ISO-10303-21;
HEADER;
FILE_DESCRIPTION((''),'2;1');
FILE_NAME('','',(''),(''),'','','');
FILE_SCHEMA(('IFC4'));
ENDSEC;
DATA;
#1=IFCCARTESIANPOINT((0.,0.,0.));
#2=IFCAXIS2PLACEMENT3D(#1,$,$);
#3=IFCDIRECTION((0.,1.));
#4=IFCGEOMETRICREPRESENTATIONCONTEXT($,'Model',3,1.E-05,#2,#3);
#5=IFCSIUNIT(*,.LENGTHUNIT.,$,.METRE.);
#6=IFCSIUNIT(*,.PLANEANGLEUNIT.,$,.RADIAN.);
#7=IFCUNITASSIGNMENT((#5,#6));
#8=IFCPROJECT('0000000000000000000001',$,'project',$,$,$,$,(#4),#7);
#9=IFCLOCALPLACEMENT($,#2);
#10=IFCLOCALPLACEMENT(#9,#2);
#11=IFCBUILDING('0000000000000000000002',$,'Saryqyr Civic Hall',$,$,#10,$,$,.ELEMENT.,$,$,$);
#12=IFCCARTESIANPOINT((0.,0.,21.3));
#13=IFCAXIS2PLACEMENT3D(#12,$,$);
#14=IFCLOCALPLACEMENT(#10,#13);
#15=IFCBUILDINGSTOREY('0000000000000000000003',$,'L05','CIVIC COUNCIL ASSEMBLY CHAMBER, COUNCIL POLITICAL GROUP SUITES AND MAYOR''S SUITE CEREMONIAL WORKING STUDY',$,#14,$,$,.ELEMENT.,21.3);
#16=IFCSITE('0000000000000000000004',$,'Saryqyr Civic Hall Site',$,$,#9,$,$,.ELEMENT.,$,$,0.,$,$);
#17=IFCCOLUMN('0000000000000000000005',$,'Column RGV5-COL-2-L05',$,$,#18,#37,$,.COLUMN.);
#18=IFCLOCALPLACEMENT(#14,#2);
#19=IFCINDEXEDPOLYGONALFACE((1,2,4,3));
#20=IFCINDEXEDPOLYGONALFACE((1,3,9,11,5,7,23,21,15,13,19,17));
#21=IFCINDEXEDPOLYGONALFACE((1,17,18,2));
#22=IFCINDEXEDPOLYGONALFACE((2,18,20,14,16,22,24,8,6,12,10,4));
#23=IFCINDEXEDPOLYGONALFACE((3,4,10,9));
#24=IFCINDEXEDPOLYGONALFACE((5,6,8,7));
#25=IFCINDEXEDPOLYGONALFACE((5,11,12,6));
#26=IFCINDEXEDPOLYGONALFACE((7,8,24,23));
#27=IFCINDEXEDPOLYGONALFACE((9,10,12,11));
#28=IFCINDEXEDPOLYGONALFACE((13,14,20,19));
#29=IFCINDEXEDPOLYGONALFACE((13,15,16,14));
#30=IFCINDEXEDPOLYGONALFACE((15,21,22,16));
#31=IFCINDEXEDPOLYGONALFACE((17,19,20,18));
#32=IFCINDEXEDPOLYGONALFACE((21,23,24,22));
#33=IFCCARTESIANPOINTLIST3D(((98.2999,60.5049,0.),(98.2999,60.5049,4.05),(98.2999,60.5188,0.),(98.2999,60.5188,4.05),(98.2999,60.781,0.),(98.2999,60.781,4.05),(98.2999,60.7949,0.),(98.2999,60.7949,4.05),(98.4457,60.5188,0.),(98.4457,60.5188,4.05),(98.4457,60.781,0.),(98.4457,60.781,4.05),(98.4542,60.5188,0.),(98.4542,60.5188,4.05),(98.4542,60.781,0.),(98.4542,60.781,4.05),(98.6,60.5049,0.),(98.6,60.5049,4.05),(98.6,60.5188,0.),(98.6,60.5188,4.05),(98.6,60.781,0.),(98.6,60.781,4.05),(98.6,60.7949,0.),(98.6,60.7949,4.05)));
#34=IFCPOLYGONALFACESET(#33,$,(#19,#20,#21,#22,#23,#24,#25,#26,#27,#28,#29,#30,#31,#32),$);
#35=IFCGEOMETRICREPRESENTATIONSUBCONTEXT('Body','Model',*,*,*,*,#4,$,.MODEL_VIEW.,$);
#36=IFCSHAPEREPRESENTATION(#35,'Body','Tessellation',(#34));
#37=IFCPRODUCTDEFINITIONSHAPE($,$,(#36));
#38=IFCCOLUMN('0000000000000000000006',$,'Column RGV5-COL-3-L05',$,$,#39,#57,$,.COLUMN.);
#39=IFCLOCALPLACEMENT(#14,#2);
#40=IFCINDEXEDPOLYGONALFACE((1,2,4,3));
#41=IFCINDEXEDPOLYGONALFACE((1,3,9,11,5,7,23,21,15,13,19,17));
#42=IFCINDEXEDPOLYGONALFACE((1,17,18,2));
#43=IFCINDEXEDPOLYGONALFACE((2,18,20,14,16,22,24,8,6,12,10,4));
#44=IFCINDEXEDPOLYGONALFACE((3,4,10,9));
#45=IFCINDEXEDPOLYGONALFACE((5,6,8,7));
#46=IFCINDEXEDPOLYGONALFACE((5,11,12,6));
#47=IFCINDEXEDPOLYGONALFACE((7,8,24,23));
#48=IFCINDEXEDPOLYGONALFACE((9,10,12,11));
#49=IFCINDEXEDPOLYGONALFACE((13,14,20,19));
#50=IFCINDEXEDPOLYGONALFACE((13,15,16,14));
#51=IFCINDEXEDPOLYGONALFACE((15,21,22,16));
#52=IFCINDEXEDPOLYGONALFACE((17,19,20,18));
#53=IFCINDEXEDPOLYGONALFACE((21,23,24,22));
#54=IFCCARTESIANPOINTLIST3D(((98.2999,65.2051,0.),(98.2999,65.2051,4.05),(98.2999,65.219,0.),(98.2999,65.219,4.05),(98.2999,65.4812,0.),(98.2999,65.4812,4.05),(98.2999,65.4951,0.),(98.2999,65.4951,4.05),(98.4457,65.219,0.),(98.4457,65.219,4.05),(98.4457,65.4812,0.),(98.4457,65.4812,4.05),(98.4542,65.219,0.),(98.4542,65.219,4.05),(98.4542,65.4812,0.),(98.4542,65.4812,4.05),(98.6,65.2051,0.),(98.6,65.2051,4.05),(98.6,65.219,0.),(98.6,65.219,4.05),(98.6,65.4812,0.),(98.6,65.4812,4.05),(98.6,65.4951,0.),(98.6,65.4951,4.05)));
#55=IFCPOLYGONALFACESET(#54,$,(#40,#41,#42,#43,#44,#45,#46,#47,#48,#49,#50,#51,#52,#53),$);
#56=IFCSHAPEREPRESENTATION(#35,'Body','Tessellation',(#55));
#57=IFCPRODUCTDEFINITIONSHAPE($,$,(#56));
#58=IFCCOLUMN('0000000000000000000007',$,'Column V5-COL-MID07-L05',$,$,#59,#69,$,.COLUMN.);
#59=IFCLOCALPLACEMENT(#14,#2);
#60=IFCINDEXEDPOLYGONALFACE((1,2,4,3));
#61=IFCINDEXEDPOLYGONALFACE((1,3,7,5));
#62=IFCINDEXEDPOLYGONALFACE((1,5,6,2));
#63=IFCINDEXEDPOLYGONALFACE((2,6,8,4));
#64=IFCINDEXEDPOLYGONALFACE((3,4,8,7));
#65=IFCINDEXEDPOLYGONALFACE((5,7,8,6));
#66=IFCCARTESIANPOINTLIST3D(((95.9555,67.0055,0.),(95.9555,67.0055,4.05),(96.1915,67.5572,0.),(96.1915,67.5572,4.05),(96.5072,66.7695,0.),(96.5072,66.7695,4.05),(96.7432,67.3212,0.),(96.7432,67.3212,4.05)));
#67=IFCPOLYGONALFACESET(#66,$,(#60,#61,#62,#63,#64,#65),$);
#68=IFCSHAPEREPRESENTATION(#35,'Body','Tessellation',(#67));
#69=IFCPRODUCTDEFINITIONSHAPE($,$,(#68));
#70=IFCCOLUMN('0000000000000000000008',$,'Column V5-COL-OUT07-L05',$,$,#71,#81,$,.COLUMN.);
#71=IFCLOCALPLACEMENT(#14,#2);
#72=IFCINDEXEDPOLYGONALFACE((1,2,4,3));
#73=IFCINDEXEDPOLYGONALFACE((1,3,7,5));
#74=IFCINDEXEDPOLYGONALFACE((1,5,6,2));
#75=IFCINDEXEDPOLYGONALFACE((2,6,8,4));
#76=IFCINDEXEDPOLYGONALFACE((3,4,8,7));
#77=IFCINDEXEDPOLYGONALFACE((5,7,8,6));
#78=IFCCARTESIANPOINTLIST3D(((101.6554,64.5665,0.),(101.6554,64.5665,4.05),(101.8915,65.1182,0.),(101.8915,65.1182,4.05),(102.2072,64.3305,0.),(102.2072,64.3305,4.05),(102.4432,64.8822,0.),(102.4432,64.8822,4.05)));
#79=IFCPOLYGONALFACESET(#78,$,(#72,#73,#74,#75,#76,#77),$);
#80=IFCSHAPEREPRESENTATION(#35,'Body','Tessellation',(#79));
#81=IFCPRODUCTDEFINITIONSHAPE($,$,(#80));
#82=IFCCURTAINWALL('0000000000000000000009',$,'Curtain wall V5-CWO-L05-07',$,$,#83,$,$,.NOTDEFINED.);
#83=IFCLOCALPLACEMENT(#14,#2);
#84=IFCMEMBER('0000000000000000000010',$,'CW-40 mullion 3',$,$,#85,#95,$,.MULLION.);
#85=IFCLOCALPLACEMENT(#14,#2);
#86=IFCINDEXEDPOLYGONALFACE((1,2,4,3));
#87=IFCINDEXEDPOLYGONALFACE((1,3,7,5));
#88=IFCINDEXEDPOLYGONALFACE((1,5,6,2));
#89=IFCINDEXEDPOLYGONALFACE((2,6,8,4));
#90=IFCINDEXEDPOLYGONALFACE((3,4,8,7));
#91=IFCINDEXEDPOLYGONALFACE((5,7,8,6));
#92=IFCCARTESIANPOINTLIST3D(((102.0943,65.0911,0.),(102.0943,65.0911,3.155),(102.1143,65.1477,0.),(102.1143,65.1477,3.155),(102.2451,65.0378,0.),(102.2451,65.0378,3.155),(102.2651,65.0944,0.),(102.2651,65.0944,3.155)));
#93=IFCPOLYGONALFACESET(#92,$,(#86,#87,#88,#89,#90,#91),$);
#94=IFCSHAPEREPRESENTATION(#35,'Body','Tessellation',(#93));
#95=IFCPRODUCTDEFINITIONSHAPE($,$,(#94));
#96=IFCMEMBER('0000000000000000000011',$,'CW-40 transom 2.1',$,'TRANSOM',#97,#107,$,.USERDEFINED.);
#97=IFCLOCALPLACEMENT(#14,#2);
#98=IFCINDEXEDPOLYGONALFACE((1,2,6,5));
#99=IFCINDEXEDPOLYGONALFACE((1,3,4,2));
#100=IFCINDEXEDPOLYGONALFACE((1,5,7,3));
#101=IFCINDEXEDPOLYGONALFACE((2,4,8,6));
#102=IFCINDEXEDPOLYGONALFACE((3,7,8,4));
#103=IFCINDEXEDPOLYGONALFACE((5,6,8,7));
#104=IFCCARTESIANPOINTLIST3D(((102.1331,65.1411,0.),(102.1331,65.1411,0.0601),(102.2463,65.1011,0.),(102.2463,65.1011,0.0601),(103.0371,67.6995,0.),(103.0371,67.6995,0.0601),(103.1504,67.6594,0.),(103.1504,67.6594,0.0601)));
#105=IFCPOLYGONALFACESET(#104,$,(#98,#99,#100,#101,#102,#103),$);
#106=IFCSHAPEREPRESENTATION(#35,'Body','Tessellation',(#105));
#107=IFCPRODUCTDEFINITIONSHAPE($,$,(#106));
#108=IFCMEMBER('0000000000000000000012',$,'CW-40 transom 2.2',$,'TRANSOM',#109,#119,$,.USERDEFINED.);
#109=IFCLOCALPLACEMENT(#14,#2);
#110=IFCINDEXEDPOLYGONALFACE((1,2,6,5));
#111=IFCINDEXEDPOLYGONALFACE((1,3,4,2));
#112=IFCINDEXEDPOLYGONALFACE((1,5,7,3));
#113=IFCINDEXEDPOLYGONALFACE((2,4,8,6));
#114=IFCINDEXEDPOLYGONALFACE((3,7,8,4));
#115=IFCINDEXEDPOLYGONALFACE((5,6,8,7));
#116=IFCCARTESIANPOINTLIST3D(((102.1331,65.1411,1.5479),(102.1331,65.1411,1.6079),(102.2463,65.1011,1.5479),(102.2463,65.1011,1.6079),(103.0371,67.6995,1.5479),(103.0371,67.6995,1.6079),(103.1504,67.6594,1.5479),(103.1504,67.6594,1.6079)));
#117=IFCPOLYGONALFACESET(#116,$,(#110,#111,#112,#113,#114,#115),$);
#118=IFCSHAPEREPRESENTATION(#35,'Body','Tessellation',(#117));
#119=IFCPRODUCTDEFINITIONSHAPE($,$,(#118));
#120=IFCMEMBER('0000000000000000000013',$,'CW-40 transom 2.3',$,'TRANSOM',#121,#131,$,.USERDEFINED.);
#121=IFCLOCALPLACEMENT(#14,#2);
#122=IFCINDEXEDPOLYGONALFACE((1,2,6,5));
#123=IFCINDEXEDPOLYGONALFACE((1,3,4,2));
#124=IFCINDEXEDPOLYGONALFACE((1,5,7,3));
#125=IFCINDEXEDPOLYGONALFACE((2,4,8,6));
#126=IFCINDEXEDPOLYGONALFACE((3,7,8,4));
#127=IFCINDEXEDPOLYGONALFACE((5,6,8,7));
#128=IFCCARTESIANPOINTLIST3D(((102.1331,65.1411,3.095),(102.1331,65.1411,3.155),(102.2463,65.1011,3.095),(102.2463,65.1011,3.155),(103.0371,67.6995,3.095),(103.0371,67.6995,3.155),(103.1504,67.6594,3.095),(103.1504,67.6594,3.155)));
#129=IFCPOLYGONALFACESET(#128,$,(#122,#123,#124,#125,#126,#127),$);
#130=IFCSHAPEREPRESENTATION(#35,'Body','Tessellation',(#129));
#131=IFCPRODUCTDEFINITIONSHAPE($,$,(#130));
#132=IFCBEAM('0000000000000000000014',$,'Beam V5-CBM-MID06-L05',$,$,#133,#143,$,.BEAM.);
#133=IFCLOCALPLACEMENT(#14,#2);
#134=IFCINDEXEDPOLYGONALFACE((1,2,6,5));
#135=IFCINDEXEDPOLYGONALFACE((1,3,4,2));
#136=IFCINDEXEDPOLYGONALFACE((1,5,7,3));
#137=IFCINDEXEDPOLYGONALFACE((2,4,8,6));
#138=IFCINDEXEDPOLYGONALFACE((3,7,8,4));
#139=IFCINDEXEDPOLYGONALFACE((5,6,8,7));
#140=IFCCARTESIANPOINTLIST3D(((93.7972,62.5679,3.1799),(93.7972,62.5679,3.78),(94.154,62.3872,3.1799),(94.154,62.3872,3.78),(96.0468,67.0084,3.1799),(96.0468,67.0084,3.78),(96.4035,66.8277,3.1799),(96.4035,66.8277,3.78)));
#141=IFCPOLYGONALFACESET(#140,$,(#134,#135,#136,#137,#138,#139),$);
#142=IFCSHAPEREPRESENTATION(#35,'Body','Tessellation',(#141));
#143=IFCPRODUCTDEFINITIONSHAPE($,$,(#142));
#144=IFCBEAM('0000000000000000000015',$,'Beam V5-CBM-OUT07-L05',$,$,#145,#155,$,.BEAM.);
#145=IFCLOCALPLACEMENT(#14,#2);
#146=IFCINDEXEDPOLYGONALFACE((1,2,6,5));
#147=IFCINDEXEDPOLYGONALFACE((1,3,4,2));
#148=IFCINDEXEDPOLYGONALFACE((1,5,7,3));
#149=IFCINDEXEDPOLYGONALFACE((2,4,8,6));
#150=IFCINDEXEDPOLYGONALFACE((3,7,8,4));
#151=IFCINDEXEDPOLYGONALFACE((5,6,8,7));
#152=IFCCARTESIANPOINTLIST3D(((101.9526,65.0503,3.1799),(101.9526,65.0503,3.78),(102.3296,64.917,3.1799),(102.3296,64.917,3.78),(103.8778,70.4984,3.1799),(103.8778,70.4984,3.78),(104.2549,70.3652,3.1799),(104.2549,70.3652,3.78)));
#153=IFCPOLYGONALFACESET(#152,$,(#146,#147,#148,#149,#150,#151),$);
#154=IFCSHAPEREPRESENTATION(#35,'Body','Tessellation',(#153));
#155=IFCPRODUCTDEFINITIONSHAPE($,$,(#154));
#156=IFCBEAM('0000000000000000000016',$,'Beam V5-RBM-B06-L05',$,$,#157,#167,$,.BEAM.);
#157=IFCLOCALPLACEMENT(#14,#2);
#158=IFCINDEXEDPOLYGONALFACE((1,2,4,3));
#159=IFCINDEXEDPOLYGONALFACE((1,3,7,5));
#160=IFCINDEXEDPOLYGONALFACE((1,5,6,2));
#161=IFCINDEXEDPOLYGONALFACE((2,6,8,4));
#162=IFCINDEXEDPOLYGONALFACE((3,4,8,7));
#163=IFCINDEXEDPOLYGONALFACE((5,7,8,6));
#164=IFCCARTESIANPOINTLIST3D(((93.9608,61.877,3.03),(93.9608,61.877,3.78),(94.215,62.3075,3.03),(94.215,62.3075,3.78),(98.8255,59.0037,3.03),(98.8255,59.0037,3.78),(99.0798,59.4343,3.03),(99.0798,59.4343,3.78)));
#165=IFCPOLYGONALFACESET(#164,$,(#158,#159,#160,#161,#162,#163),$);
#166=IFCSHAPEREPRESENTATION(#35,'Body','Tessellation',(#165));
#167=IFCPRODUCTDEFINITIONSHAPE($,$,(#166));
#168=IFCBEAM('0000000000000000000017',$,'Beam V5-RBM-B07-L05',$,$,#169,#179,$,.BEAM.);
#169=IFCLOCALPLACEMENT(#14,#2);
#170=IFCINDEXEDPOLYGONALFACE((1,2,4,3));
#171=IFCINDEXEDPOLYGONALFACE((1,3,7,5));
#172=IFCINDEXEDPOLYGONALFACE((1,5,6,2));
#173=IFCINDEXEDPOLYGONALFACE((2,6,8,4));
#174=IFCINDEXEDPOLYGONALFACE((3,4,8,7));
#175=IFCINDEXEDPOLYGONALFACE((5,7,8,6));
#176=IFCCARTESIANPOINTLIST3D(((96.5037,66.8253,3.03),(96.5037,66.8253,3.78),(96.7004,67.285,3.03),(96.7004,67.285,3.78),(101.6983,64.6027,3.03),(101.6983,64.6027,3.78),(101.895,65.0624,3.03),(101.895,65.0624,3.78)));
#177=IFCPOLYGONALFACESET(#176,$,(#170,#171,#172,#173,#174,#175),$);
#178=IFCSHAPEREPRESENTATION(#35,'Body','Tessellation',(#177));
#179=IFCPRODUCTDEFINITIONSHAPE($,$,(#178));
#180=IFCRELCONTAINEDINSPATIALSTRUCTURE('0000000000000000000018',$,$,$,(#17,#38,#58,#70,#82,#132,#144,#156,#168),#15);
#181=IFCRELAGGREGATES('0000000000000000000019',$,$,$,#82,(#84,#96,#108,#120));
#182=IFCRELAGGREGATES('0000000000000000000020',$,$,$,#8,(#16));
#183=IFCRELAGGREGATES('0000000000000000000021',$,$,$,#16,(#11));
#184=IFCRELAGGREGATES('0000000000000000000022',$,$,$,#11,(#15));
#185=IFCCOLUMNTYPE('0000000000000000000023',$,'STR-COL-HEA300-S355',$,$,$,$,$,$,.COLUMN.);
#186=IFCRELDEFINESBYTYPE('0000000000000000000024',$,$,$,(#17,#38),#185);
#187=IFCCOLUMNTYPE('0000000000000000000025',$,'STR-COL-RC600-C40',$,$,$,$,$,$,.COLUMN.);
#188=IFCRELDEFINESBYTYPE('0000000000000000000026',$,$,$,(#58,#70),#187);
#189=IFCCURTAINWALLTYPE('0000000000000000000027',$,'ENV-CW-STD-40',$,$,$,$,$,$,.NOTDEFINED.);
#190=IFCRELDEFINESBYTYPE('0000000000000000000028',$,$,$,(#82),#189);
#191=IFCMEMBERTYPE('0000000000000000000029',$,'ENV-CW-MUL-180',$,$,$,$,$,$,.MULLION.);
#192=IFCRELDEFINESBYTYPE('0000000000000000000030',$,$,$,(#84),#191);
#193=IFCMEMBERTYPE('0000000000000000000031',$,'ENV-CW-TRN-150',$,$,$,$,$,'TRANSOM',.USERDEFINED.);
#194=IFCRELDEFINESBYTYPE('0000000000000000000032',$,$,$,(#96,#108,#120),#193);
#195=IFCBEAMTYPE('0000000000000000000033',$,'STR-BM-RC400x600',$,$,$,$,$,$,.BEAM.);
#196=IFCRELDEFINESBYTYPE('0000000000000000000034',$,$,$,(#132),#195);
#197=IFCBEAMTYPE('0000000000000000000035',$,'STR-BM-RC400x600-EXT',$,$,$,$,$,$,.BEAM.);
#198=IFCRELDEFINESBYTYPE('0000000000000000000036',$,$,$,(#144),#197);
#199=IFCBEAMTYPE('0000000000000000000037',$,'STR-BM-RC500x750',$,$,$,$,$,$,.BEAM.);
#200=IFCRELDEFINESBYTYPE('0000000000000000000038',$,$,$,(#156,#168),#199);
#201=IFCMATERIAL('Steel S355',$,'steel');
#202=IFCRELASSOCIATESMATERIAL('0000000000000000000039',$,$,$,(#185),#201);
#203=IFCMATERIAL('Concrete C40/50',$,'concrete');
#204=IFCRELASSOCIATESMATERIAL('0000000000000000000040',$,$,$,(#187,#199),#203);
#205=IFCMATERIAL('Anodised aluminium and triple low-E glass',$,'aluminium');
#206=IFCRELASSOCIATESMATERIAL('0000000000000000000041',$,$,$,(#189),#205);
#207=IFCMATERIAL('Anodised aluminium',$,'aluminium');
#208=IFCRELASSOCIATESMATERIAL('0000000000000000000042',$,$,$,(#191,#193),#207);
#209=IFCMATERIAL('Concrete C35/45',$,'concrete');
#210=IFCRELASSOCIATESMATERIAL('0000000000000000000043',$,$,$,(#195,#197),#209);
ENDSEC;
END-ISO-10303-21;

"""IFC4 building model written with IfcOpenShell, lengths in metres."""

from ifc_helpers import new_model, si_unit, direction, frame, origin, origin_2d, place, context, subcontext, project, spatial, rectangle, i_section, extrude, material, material_profile, profile_set, type_object, element, aggregate, save


model = new_model("IFC4")

# Units and contexts
model_context = context("Model", 3, precision=1e-05, world=origin(), true_north=direction((0.0, 1.0)))
body_context = subcontext(model_context, "Body", "Model", "MODEL_VIEW")
ifc_project = project(units=[si_unit("LENGTHUNIT", "METRE"), si_unit("PLANEANGLEUNIT", "RADIAN")], contexts=[model_context])

# Site, building, storey
site_placement = place(None, origin())
site = spatial("IfcSite", under=ifc_project, at=site_placement, Name="Saryqyr Civic Hall Site", CompositionType="ELEMENT", RefElevation=0.0)
building_placement = place(site_placement, origin())
building = spatial("IfcBuilding", under=site, at=building_placement, Name="Saryqyr Civic Hall", CompositionType="ELEMENT")
storey_placement = place(building_placement, frame((0.0, 0.0, 21.3)))
storey = spatial("IfcBuildingStorey", under=building, at=storey_placement, Name="L05", Description="CIVIC COUNCIL ASSEMBLY CHAMBER, COUNCIL POLITICAL GROUP SUITES AND MAYOR'S SUITE CEREMONIAL WORKING STUDY", CompositionType="ELEMENT", Elevation=21.3)

# Columns
ifc_material_1 = material(Name="Steel S355", Category="steel")
ifc_material_profile_1 = material_profile(ifc_material_1, i_section(OverallWidth=0.3, OverallDepth=0.29, WebThickness=0.0085, FlangeThickness=0.0139, at=origin_2d()), Name="HEA 300")
ifc_profile_set_1 = profile_set([ifc_material_profile_1], Name="Steel S355")
column_type_1 = type_object("IfcColumnType", Name="STR-COL-HEA300-S355", PredefinedType="COLUMN", material=ifc_profile_set_1)
for number, where, z_axis, x_axis, name in (
    (1, (98.45, 60.6499, 0.0), (0.0, 0.0, 1.0), (1.0, 0.0, 0.0), "Column RGV5-COL-2-L05"),
    (2, (98.45, 65.3501, 0.0), (0.0, 0.0, 1.0), (1.0, 0.0, 0.0), "Column RGV5-COL-3-L05"),
):
    element("IfcColumn", number, at=place(storey_placement, frame(where, z_axis=z_axis, x_axis=x_axis)), inside=storey, type_object=column_type_1, Name=name, PredefinedType="COLUMN", context=body_context, shape_type="SweptSolid", body=[
        extrude(i_section(OverallWidth=0.3, OverallDepth=0.29, WebThickness=0.0085, FlangeThickness=0.0139, at=origin_2d()), origin(), (0.0, 0.0, 1.0), 4.05),
    ])
ifc_material_2 = material(Name="Concrete C40/50", Category="concrete")
ifc_material_profile_2 = material_profile(ifc_material_2, rectangle(XDim=0.6001, YDim=0.6001, at=origin_2d()), Name="RC 600x600")
ifc_profile_set_2 = profile_set([ifc_material_profile_2], Name="Concrete C40/50")
column_type_2 = type_object("IfcColumnType", Name="STR-COL-RC600-C40", PredefinedType="COLUMN", material=ifc_profile_set_2)
for number, where, z_axis, x_axis, name in (
    (3, (96.3494, 67.1633, 0.0), (0.0, 0.0, 1.0), (0.91941, -0.3933, 0.0), "Column V5-COL-MID07-L05"),
    (4, (102.0493, 64.7244, 0.0), (0.0, 0.0, 1.0), (0.91941, -0.3933, 0.0), "Column V5-COL-OUT07-L05"),
):
    element("IfcColumn", number, at=place(storey_placement, frame(where, z_axis=z_axis, x_axis=x_axis)), inside=storey, type_object=column_type_2, Name=name, PredefinedType="COLUMN", context=body_context, shape_type="SweptSolid", body=[
        extrude(rectangle(XDim=0.6001, YDim=0.6001, at=origin_2d()), origin(), (0.0, 0.0, 1.0), 4.05),
    ])

# Curtain wall, members
ifc_material_3 = material(Name="Anodised aluminium and triple low-E glass", Category="aluminium")
curtain_wall_type = type_object("IfcCurtainWallType", Name="ENV-CW-STD-40", PredefinedType="NOTDEFINED", material=ifc_material_3)
curtain_wall_placement = place(storey_placement, origin())
curtain_wall = element("IfcCurtainWall", 5, at=curtain_wall_placement, inside=storey, type_object=curtain_wall_type, Name="Curtain wall V5-CWO-L05-07", PredefinedType="NOTDEFINED")
ifc_material_4 = material(Name="Anodised aluminium", Category="aluminium")
ifc_material_profile_3 = material_profile(ifc_material_4, rectangle(XDim=0.0601, YDim=0.1599, at=origin_2d()), Name="ALU MULLION 60x160")
ifc_profile_set_3 = profile_set([ifc_material_profile_3], Name="Anodised aluminium")
member_type_1 = type_object("IfcMemberType", Name="ENV-CW-MUL-180", PredefinedType="MULLION", material=ifc_profile_set_3)
member_1_placement = place(storey_placement, frame((102.1797, 65.0928, 0.0), z_axis=(0.0, 0.0, 1.0), x_axis=(-0.33318, -0.942863, 0.0)))
member_1 = element("IfcMember", 6, at=member_1_placement, type_object=member_type_1, Name="CW-40 mullion 3", PredefinedType="MULLION", context=body_context, shape_type="SweptSolid", body=[
    extrude(rectangle(XDim=0.0601, YDim=0.1599, at=origin_2d()), origin(), (0.0, 0.0, 1.0), 3.155),
])
ifc_material_profile_4 = material_profile(ifc_material_4, rectangle(XDim=0.1201, YDim=0.0601, at=origin_2d()), Name="ALU TRANSOM 120x60")
ifc_profile_set_4 = profile_set([ifc_material_profile_4], Name="Anodised aluminium")
member_type_2 = type_object("IfcMemberType", Name="ENV-CW-TRN-150", ElementType="TRANSOM", PredefinedType="USERDEFINED", material=ifc_profile_set_4)
member_2_placement = place(storey_placement, frame((103.0938, 67.6794, 0.03), z_axis=(-0.333182, -0.942862, 0.0), x_axis=(0.942862, -0.333182, 0.0)))
member_2 = element("IfcMember", 7, at=member_2_placement, type_object=member_type_2, Name="CW-40 transom 2.1", ObjectType="TRANSOM", PredefinedType="USERDEFINED", context=body_context, shape_type="SweptSolid", body=[
    extrude(rectangle(XDim=0.1201, YDim=0.0601, at=origin_2d()), origin(), (0.0, 0.0, 1.0), 2.7134),
])
member_3_placement = place(storey_placement, frame((103.0938, 67.6794, 1.5779), z_axis=(-0.333182, -0.942862, 0.0), x_axis=(0.942862, -0.333182, 0.0)))
member_3 = element("IfcMember", 8, at=member_3_placement, type_object=member_type_2, Name="CW-40 transom 2.2", ObjectType="TRANSOM", PredefinedType="USERDEFINED", context=body_context, shape_type="SweptSolid", body=[
    extrude(rectangle(XDim=0.1201, YDim=0.0601, at=origin_2d()), origin(), (0.0, 0.0, 1.0), 2.7134),
])
member_4_placement = place(storey_placement, frame((103.0938, 67.6794, 3.125), z_axis=(-0.333182, -0.942862, 0.0), x_axis=(0.942862, -0.333182, 0.0)))
member_4 = element("IfcMember", 9, at=member_4_placement, type_object=member_type_2, Name="CW-40 transom 2.3", ObjectType="TRANSOM", PredefinedType="USERDEFINED", context=body_context, shape_type="SweptSolid", body=[
    extrude(rectangle(XDim=0.1201, YDim=0.0601, at=origin_2d()), origin(), (0.0, 0.0, 1.0), 2.7134),
])

# Beams
ifc_material_5 = material(Name="Concrete C35/45", Category="concrete")
ifc_material_profile_5 = material_profile(ifc_material_5, rectangle(XDim=0.3999, YDim=0.6001, at=origin_2d()), Name="RC 400x600")
ifc_profile_set_5 = profile_set([ifc_material_profile_5], Name="Concrete C35/45")
beam_type_1 = type_object("IfcBeamType", Name="STR-BM-RC400x600", PredefinedType="BEAM", material=ifc_profile_set_5)
beam_1_placement = place(storey_placement, frame((93.9756, 62.4775, 3.48), z_axis=(0.451916, 0.892061, 0.0), x_axis=(-0.892061, 0.451916, 0.0)))
element("IfcBeam", 10, at=beam_1_placement, inside=storey, type_object=beam_type_1, Name="Beam V5-CBM-MID06-L05", PredefinedType="BEAM", context=body_context, shape_type="SweptSolid", body=[
    extrude(rectangle(XDim=0.3999, YDim=0.6001, at=origin_2d()), origin(), (0.0, 0.0, 1.0), 4.9778),
])
ifc_material_profile_6 = material_profile(ifc_material_5, rectangle(XDim=0.3999, YDim=0.6001, at=origin_2d()), Name="RC 400x600")
ifc_profile_set_6 = profile_set([ifc_material_profile_6], Name="Concrete C35/45")
beam_type_2 = type_object("IfcBeamType", Name="STR-BM-RC400x600-EXT", PredefinedType="BEAM", material=ifc_profile_set_6)
beam_2_placement = place(storey_placement, frame((102.1411, 64.9836, 3.48), z_axis=(0.333187, 0.942861, 0.0), x_axis=(-0.942861, 0.333187, 0.0)))
element("IfcBeam", 11, at=beam_2_placement, inside=storey, type_object=beam_type_2, Name="Beam V5-CBM-OUT07-L05", PredefinedType="BEAM", context=body_context, shape_type="SweptSolid", body=[
    extrude(rectangle(XDim=0.3999, YDim=0.6001, at=origin_2d()), origin(), (0.0, 0.0, 1.0), 5.7783),
])
ifc_material_profile_7 = material_profile(ifc_material_2, rectangle(XDim=0.5, YDim=0.75, at=origin_2d()), Name="RC 500x750")
ifc_profile_set_7 = profile_set([ifc_material_profile_7], Name="Concrete C40/50")
beam_type_3 = type_object("IfcBeamType", Name="STR-BM-RC500x750", PredefinedType="BEAM", material=ifc_profile_set_7)
beam_3_placement = place(storey_placement, frame((94.0879, 62.0923, 3.405), z_axis=(0.86103, -0.508555, 0.0), x_axis=(0.508555, 0.86103, 0.0)))
element("IfcBeam", 12, at=beam_3_placement, inside=storey, type_object=beam_type_3, Name="Beam V5-RBM-B06-L05", PredefinedType="BEAM", context=body_context, shape_type="SweptSolid", body=[
    extrude(rectangle(XDim=0.5, YDim=0.75, at=origin_2d()), origin(), (0.0, 0.0, 1.0), 5.6499),
])
beam_4_placement = place(storey_placement, frame((96.6021, 67.0552, 3.405), z_axis=(0.919375, -0.393382, 0.0), x_axis=(0.393382, 0.919375, 0.0)))
element("IfcBeam", 13, at=beam_4_placement, inside=storey, type_object=beam_type_3, Name="Beam V5-RBM-B07-L05", PredefinedType="BEAM", context=body_context, shape_type="SweptSolid", body=[
    extrude(rectangle(XDim=0.5, YDim=0.75, at=origin_2d()), origin(), (0.0, 0.0, 1.0), 5.6501),
])

aggregate(curtain_wall, [member_1, member_2, member_3, member_4])

save(model, "model.ifc")
